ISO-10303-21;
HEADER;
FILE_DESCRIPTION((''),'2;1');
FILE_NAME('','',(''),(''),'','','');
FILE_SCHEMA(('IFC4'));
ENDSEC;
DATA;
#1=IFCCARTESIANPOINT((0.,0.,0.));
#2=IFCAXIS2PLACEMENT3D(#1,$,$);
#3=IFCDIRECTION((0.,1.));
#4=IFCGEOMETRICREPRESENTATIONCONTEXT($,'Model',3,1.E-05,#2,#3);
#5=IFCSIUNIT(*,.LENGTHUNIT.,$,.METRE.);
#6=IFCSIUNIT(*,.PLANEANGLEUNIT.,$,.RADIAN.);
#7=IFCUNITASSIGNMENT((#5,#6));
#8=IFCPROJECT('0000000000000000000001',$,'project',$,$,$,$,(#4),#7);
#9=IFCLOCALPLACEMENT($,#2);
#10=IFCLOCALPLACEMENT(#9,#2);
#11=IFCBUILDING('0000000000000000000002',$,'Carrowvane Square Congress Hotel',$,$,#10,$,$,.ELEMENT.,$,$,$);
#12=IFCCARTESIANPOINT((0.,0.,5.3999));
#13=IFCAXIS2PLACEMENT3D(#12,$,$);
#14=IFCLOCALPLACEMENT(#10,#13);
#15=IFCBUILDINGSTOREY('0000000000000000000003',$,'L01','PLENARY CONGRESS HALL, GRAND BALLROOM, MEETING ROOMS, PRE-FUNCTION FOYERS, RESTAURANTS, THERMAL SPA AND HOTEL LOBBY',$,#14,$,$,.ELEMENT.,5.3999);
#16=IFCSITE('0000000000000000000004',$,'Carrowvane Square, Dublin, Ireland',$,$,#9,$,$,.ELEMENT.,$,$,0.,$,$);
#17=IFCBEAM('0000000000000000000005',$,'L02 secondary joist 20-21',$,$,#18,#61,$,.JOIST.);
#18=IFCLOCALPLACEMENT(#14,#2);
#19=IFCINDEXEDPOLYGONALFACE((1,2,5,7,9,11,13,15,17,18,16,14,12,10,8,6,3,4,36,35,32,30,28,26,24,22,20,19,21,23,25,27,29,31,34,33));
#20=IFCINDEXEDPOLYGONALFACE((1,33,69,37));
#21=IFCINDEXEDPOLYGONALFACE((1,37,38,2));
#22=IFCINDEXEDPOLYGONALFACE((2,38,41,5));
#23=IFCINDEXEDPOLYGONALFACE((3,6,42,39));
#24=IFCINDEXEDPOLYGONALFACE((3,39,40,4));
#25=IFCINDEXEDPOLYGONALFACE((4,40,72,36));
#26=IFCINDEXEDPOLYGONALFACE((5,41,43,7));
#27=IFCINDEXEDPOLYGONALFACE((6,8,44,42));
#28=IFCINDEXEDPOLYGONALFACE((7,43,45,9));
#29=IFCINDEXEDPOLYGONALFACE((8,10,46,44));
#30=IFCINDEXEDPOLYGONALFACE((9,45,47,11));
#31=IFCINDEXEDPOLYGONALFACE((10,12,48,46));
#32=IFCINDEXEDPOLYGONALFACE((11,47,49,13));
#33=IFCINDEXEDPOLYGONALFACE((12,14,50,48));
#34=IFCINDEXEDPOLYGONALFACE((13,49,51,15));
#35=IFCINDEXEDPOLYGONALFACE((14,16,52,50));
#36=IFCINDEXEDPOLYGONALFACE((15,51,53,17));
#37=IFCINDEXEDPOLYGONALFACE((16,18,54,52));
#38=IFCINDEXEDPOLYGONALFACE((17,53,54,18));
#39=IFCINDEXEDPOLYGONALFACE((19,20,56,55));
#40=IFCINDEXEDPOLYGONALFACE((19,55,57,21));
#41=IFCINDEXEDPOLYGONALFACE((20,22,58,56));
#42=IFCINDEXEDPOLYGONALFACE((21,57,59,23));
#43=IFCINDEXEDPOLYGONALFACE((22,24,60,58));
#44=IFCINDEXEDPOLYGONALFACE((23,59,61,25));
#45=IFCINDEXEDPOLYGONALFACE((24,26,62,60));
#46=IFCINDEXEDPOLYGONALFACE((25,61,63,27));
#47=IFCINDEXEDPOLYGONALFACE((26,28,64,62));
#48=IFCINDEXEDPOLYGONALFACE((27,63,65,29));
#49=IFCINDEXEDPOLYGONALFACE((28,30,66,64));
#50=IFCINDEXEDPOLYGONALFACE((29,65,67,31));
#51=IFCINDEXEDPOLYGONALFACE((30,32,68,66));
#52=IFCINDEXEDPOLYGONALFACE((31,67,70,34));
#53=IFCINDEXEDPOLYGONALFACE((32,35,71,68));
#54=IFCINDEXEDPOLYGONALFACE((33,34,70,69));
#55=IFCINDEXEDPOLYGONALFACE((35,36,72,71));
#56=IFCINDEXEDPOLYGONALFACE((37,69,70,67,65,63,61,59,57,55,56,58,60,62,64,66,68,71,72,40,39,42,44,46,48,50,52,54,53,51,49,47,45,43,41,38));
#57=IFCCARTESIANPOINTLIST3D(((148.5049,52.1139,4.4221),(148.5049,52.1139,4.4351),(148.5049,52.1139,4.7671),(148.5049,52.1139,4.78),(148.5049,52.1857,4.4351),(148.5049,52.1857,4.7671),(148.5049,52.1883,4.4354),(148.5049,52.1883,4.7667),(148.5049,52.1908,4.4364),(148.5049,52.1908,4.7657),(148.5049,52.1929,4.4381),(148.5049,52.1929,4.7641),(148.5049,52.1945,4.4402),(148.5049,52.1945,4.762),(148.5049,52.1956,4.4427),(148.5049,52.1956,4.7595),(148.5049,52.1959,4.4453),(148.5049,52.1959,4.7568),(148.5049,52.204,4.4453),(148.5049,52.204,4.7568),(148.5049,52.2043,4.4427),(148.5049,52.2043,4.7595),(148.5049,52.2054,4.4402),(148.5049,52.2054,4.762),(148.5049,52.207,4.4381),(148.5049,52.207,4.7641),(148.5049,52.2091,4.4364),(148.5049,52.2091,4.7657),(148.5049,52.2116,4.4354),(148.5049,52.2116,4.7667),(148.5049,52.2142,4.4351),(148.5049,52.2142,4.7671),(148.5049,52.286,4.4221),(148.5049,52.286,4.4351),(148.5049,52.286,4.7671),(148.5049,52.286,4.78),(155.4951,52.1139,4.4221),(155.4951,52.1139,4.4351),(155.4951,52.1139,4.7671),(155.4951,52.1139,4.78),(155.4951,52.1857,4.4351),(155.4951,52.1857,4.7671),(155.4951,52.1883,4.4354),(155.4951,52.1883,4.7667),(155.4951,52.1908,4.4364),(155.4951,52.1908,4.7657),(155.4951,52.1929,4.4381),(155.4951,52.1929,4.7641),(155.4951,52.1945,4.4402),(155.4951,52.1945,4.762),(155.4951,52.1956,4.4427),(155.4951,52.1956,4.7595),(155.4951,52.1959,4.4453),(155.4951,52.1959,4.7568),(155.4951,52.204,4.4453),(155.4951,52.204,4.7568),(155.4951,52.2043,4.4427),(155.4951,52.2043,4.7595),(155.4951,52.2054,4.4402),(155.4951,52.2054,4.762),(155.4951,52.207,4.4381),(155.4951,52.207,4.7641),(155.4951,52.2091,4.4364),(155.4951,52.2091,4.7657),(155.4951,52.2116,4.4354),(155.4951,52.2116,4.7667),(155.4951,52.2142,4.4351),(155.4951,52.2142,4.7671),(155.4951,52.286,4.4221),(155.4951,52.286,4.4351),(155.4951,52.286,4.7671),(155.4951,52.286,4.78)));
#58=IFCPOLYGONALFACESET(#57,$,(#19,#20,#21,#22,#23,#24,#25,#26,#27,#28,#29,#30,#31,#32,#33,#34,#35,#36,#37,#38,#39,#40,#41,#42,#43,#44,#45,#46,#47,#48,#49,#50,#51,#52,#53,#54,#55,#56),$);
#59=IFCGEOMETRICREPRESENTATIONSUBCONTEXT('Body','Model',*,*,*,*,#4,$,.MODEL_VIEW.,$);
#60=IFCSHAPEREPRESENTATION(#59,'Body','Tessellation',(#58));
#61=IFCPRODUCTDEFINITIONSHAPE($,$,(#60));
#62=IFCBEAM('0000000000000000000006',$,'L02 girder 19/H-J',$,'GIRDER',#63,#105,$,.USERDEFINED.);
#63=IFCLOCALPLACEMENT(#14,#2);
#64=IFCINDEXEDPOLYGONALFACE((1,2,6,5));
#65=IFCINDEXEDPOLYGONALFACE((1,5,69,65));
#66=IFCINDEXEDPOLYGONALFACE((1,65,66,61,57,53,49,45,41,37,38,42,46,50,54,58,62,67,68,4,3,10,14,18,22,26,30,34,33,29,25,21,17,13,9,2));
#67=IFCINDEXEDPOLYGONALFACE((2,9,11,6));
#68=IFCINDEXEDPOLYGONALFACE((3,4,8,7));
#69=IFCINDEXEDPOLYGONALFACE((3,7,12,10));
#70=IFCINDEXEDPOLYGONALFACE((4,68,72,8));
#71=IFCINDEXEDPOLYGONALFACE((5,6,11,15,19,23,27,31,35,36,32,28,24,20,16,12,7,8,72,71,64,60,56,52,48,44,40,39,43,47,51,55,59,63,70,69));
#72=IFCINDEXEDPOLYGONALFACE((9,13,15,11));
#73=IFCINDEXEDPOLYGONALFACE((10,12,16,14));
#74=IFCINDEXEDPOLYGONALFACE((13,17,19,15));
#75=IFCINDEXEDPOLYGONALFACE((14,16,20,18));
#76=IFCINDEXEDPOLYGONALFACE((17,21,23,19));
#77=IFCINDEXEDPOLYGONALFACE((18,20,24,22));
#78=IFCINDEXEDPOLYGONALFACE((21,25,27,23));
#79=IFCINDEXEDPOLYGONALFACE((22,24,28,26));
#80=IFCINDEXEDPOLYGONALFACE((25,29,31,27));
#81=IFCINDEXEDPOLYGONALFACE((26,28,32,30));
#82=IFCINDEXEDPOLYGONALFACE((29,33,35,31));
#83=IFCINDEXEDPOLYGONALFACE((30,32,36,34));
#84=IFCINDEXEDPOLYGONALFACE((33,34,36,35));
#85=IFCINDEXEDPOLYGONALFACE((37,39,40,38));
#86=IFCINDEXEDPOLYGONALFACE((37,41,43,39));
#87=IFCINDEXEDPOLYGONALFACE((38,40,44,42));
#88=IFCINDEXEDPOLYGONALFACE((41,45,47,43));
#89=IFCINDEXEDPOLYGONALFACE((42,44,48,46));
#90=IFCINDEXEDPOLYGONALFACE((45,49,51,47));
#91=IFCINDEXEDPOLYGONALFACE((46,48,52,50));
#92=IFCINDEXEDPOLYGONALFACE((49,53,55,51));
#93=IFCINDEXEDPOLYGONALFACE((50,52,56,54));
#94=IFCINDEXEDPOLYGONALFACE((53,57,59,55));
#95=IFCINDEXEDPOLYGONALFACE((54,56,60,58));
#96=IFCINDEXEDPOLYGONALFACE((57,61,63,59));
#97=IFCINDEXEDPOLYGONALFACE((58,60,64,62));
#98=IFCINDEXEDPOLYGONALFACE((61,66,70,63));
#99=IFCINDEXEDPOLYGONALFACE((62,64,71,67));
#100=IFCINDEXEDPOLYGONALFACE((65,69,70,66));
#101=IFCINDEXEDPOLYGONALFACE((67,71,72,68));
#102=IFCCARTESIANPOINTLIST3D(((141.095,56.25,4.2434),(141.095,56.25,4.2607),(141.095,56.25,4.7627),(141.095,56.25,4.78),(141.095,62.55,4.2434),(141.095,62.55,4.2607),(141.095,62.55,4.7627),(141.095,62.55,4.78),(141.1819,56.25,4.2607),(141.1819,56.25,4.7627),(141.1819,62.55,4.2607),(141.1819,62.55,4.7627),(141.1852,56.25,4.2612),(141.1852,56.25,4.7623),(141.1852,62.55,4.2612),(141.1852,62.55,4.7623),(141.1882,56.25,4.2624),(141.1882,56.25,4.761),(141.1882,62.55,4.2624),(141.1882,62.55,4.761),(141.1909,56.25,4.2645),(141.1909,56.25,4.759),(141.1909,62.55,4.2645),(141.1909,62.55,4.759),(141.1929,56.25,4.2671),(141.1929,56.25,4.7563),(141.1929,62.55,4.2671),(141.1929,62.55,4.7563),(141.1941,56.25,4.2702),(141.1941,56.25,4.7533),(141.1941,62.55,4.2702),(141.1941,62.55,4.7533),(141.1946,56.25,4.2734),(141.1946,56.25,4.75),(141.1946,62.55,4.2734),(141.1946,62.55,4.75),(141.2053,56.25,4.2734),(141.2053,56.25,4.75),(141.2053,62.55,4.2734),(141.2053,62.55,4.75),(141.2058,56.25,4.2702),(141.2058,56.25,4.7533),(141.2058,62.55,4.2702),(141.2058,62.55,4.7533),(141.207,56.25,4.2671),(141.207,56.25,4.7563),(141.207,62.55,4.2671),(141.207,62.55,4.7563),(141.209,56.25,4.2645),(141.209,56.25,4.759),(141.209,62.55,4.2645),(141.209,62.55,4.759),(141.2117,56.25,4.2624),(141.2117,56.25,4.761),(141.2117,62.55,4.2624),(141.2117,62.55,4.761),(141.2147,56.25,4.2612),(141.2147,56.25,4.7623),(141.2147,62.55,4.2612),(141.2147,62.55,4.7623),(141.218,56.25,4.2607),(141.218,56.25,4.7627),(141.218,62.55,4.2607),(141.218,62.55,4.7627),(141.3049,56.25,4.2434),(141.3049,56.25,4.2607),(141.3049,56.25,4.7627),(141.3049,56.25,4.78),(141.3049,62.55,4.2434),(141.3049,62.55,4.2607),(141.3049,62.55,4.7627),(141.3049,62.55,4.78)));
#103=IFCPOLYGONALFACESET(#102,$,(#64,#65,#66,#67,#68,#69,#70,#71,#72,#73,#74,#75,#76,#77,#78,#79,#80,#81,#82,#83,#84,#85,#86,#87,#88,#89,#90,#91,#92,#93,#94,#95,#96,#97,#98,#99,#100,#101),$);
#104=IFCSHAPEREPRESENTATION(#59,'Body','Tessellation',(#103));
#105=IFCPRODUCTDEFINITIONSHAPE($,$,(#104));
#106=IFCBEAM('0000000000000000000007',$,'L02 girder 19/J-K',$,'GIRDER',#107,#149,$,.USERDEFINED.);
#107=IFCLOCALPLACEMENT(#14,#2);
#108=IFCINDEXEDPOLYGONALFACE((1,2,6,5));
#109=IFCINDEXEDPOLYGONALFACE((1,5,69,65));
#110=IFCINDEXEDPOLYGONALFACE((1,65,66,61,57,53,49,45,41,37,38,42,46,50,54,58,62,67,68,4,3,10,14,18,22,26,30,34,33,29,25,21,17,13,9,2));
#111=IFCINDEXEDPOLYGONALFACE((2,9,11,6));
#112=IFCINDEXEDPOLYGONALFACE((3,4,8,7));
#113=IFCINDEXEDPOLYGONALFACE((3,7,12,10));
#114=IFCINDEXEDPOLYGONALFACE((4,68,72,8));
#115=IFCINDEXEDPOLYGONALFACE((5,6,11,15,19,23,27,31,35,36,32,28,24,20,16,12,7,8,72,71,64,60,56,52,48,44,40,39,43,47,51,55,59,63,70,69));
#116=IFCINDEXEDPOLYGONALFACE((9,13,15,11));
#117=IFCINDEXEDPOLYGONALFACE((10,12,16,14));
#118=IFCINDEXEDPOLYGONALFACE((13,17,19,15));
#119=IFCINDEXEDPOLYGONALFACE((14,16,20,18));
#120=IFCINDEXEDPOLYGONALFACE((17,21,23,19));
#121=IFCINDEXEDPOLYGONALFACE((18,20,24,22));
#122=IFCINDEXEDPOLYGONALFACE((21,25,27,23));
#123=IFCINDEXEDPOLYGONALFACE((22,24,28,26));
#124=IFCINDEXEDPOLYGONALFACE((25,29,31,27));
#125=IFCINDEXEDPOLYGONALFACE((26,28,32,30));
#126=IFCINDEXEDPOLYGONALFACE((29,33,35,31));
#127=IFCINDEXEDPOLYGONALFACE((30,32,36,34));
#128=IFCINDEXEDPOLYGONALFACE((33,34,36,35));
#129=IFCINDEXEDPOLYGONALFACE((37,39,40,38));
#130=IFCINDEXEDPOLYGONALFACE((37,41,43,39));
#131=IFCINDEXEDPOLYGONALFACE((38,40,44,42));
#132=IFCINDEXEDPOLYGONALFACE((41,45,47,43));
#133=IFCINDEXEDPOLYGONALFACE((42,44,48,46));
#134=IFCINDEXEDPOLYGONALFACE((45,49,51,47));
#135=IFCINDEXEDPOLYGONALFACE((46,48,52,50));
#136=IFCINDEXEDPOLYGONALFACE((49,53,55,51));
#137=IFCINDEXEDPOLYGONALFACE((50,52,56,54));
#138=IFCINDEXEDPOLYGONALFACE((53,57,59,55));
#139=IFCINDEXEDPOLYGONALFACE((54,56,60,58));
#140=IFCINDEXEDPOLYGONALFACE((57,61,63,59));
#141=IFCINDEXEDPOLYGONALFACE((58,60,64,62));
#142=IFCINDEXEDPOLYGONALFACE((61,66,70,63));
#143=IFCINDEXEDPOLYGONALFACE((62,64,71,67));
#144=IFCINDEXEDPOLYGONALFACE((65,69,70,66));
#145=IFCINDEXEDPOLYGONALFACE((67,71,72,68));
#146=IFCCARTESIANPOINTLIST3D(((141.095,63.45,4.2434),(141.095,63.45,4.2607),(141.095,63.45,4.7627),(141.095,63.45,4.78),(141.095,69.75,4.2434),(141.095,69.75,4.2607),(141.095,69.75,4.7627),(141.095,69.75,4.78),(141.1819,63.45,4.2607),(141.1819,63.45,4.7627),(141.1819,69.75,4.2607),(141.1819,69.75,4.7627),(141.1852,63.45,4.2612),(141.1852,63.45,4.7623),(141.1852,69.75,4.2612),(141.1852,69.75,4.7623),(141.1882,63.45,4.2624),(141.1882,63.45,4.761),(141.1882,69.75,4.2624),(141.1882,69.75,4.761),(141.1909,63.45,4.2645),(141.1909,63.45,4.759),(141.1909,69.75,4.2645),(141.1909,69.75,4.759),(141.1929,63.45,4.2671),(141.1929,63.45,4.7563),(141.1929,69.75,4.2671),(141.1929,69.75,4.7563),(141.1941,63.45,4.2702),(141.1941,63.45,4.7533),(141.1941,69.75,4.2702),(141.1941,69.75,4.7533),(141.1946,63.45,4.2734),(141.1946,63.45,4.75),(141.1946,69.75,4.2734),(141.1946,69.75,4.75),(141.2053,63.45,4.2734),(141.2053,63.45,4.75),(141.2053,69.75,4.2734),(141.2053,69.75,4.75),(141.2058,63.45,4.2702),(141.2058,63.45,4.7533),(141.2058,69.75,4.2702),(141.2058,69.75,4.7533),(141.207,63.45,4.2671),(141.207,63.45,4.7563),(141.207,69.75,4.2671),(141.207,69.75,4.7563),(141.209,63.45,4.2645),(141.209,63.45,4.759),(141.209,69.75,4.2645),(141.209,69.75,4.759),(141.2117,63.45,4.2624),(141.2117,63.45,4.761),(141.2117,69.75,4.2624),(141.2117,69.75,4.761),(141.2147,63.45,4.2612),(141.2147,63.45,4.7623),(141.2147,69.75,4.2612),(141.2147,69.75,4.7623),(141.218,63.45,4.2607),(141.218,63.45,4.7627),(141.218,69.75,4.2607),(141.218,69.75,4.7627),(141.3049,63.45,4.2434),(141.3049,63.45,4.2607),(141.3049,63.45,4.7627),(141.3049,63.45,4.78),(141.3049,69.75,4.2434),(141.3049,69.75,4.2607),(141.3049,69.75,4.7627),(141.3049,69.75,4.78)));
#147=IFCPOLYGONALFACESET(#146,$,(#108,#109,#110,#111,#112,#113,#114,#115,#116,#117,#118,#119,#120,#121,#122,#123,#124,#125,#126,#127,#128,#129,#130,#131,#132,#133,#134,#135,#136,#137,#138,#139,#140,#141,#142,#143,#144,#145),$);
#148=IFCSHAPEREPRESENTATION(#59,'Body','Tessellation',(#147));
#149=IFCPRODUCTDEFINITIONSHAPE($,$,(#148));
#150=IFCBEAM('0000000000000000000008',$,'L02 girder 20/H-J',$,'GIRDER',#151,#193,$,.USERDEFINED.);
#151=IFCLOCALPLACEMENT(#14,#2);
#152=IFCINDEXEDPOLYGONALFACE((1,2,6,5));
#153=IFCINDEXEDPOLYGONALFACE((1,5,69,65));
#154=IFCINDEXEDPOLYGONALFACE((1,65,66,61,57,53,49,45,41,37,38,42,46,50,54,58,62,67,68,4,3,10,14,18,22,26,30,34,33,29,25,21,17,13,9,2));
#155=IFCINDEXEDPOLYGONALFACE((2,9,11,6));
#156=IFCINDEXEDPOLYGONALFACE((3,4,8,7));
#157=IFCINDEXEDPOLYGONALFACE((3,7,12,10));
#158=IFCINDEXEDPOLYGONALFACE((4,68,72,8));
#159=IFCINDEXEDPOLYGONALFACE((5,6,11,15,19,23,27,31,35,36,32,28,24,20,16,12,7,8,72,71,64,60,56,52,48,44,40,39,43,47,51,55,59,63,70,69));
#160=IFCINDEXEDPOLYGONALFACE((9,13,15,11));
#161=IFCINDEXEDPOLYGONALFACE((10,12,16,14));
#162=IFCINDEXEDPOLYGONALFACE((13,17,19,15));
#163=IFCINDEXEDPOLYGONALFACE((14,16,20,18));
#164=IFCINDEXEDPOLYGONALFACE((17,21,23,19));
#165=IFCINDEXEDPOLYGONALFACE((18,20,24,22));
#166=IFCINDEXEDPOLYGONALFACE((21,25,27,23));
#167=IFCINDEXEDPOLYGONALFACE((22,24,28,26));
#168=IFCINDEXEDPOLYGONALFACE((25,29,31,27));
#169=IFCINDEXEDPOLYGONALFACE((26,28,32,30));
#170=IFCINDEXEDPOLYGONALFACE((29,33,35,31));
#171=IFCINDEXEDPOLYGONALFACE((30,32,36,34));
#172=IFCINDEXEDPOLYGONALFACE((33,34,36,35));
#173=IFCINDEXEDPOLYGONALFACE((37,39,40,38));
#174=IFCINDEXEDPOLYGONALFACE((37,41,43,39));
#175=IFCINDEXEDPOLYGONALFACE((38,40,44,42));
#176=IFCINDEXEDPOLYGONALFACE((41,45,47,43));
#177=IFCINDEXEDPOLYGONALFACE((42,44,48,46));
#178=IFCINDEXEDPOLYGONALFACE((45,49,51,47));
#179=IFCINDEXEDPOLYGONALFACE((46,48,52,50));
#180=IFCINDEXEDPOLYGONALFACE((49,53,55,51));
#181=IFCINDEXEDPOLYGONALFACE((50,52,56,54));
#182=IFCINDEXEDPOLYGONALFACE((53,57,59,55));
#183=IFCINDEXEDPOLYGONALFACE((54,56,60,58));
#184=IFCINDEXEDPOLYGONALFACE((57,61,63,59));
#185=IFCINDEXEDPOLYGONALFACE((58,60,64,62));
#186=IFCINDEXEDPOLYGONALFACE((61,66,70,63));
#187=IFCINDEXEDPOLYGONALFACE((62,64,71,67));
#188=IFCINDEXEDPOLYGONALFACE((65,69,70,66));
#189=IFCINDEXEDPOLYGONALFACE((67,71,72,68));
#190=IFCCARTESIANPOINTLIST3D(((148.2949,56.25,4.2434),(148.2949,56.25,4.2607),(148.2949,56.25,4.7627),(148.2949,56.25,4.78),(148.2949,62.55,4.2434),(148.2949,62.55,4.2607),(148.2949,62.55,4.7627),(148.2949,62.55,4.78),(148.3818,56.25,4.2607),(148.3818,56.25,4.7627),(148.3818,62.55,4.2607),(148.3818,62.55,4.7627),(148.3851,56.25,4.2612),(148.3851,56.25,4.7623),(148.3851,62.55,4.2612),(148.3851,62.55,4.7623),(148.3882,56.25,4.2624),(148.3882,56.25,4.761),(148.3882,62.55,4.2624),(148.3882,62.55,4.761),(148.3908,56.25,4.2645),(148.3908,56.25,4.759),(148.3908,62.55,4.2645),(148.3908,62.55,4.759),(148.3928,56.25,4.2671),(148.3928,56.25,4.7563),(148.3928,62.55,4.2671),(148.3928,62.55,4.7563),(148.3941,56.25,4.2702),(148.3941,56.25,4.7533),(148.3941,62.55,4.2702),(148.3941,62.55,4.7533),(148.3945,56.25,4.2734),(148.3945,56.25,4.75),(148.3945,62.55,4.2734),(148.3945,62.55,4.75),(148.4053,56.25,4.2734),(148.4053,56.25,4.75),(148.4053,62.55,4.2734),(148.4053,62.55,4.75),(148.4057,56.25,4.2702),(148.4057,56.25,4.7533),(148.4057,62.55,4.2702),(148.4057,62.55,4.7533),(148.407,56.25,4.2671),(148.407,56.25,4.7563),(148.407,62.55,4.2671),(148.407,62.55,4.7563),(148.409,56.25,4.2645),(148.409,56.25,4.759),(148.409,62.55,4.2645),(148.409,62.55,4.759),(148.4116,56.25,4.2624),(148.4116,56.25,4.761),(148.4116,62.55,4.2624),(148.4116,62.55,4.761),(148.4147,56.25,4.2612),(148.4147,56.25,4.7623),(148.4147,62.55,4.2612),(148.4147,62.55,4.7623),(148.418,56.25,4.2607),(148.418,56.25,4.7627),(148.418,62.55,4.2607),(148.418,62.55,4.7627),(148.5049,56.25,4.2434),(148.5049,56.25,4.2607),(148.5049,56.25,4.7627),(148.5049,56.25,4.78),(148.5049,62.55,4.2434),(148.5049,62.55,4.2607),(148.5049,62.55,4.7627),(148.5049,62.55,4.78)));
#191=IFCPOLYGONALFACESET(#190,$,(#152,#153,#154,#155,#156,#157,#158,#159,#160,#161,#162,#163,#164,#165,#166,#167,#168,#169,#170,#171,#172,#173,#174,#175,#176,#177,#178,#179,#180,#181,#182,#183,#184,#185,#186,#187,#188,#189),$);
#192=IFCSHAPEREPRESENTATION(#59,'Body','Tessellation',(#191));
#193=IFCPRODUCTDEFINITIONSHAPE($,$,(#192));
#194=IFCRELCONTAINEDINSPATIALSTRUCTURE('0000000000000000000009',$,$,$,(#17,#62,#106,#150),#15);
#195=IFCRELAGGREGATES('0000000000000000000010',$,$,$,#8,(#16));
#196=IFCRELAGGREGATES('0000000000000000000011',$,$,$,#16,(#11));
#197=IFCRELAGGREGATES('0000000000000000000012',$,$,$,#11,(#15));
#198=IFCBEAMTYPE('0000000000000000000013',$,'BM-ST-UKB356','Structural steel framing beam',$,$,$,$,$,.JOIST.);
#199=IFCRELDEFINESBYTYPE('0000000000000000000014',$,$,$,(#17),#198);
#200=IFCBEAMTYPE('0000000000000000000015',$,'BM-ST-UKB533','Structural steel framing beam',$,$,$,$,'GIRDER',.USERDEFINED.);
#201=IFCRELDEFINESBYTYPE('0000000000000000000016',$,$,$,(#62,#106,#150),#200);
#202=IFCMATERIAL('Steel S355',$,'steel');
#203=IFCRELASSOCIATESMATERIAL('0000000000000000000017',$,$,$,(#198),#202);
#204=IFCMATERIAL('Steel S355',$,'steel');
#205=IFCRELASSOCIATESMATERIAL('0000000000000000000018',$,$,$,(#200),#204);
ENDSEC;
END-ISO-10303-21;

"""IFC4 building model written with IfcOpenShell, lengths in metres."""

from ifc_helpers import new_model, si_unit, direction, frame, origin, origin_2d, place, context, subcontext, project, spatial, i_section, extrude, material, material_profile, profile_set, type_object, element, save


model = new_model("IFC4")

# Units and contexts
model_context = context("Model", 3, precision=1e-05, world=origin(), true_north=direction((0.0, 1.0)))
body_context = subcontext(model_context, "Body", "Model", "MODEL_VIEW")
ifc_project = project(units=[si_unit("LENGTHUNIT", "METRE"), si_unit("PLANEANGLEUNIT", "RADIAN")], contexts=[model_context])

# Site, building, storey
site_placement = place(None, origin())
site = spatial("IfcSite", under=ifc_project, at=site_placement, Name="Carrowvane Square, Dublin, Ireland", CompositionType="ELEMENT", RefElevation=0.0)
building_placement = place(site_placement, origin())
building = spatial("IfcBuilding", under=site, at=building_placement, Name="Carrowvane Square Congress Hotel", CompositionType="ELEMENT")
storey_placement = place(building_placement, frame((0.0, 0.0, 5.3999)))
storey = spatial("IfcBuildingStorey", under=building, at=storey_placement, Name="L01", Description="PLENARY CONGRESS HALL, GRAND BALLROOM, MEETING ROOMS, PRE-FUNCTION FOYERS, RESTAURANTS, THERMAL SPA AND HOTEL LOBBY", CompositionType="ELEMENT", Elevation=5.3999)

# Beams
ifc_material_1 = material(Name="Steel S355", Category="steel")
ifc_material_profile_1 = material_profile(ifc_material_1, i_section(OverallWidth=0.1721, OverallDepth=0.3579, WebThickness=0.0081, FlangeThickness=0.0129, FilletRadius=0.0103, at=origin_2d()), Name="UKB 356x171x57")
ifc_profile_set_1 = profile_set([ifc_material_profile_1], Name="Steel S355")
beam_type_1 = type_object("IfcBeamType", Name="BM-ST-UKB356", Description="Structural steel framing beam", PredefinedType="JOIST", material=ifc_profile_set_1)
beam_1_placement = place(storey_placement, frame((148.5049, 52.2, 4.6011), z_axis=(1.0, 0.0, 0.0), x_axis=(0.0, 1.0, 0.0)))
element("IfcBeam", 1, at=beam_1_placement, inside=storey, type_object=beam_type_1, Name="L02 secondary joist 20-21", PredefinedType="JOIST", context=body_context, shape_type="SweptSolid", body=[
    extrude(i_section(OverallWidth=0.1721, OverallDepth=0.3579, WebThickness=0.0081, FlangeThickness=0.0129, FilletRadius=0.0103, at=origin_2d()), origin(), (0.0, 0.0, 1.0), 6.9902),
])
ifc_material_2 = material(Name="Steel S355", Category="steel")
ifc_material_profile_2 = material_profile(ifc_material_2, i_section(OverallWidth=0.21, OverallDepth=0.5366, WebThickness=0.0107, FlangeThickness=0.0173, FilletRadius=0.0127, at=origin_2d()), Name="UKB 533x210x101")
ifc_profile_set_2 = profile_set([ifc_material_profile_2], Name="Steel S355")
beam_type_2 = type_object("IfcBeamType", Name="BM-ST-UKB533", Description="Structural steel framing beam", ElementType="GIRDER", PredefinedType="USERDEFINED", material=ifc_profile_set_2)
for number, where, z_axis, x_axis, name in (
    (2, (141.2, 56.25, 4.5117), (0.0, 1.0, 0.0), (-1.0, 0.0, 0.0), "L02 girder 19/H-J"),
    (3, (141.2, 63.45, 4.5117), (0.0, 1.0, 0.0), (-1.0, 0.0, 0.0), "L02 girder 19/J-K"),
    (4, (148.3999, 56.25, 4.5117), (0.0, 1.0, 0.0), (-1.0, 0.0, 0.0), "L02 girder 20/H-J"),
):
    element("IfcBeam", number, at=place(storey_placement, frame(where, z_axis=z_axis, x_axis=x_axis)), inside=storey, type_object=beam_type_2, Name=name, ObjectType="GIRDER", PredefinedType="USERDEFINED", context=body_context, shape_type="SweptSolid", body=[
        extrude(i_section(OverallWidth=0.21, OverallDepth=0.5366, WebThickness=0.0107, FlangeThickness=0.0173, FilletRadius=0.0127, at=origin_2d()), origin(), (0.0, 0.0, 1.0), 6.3),
    ])

save(model, "model.ifc")
